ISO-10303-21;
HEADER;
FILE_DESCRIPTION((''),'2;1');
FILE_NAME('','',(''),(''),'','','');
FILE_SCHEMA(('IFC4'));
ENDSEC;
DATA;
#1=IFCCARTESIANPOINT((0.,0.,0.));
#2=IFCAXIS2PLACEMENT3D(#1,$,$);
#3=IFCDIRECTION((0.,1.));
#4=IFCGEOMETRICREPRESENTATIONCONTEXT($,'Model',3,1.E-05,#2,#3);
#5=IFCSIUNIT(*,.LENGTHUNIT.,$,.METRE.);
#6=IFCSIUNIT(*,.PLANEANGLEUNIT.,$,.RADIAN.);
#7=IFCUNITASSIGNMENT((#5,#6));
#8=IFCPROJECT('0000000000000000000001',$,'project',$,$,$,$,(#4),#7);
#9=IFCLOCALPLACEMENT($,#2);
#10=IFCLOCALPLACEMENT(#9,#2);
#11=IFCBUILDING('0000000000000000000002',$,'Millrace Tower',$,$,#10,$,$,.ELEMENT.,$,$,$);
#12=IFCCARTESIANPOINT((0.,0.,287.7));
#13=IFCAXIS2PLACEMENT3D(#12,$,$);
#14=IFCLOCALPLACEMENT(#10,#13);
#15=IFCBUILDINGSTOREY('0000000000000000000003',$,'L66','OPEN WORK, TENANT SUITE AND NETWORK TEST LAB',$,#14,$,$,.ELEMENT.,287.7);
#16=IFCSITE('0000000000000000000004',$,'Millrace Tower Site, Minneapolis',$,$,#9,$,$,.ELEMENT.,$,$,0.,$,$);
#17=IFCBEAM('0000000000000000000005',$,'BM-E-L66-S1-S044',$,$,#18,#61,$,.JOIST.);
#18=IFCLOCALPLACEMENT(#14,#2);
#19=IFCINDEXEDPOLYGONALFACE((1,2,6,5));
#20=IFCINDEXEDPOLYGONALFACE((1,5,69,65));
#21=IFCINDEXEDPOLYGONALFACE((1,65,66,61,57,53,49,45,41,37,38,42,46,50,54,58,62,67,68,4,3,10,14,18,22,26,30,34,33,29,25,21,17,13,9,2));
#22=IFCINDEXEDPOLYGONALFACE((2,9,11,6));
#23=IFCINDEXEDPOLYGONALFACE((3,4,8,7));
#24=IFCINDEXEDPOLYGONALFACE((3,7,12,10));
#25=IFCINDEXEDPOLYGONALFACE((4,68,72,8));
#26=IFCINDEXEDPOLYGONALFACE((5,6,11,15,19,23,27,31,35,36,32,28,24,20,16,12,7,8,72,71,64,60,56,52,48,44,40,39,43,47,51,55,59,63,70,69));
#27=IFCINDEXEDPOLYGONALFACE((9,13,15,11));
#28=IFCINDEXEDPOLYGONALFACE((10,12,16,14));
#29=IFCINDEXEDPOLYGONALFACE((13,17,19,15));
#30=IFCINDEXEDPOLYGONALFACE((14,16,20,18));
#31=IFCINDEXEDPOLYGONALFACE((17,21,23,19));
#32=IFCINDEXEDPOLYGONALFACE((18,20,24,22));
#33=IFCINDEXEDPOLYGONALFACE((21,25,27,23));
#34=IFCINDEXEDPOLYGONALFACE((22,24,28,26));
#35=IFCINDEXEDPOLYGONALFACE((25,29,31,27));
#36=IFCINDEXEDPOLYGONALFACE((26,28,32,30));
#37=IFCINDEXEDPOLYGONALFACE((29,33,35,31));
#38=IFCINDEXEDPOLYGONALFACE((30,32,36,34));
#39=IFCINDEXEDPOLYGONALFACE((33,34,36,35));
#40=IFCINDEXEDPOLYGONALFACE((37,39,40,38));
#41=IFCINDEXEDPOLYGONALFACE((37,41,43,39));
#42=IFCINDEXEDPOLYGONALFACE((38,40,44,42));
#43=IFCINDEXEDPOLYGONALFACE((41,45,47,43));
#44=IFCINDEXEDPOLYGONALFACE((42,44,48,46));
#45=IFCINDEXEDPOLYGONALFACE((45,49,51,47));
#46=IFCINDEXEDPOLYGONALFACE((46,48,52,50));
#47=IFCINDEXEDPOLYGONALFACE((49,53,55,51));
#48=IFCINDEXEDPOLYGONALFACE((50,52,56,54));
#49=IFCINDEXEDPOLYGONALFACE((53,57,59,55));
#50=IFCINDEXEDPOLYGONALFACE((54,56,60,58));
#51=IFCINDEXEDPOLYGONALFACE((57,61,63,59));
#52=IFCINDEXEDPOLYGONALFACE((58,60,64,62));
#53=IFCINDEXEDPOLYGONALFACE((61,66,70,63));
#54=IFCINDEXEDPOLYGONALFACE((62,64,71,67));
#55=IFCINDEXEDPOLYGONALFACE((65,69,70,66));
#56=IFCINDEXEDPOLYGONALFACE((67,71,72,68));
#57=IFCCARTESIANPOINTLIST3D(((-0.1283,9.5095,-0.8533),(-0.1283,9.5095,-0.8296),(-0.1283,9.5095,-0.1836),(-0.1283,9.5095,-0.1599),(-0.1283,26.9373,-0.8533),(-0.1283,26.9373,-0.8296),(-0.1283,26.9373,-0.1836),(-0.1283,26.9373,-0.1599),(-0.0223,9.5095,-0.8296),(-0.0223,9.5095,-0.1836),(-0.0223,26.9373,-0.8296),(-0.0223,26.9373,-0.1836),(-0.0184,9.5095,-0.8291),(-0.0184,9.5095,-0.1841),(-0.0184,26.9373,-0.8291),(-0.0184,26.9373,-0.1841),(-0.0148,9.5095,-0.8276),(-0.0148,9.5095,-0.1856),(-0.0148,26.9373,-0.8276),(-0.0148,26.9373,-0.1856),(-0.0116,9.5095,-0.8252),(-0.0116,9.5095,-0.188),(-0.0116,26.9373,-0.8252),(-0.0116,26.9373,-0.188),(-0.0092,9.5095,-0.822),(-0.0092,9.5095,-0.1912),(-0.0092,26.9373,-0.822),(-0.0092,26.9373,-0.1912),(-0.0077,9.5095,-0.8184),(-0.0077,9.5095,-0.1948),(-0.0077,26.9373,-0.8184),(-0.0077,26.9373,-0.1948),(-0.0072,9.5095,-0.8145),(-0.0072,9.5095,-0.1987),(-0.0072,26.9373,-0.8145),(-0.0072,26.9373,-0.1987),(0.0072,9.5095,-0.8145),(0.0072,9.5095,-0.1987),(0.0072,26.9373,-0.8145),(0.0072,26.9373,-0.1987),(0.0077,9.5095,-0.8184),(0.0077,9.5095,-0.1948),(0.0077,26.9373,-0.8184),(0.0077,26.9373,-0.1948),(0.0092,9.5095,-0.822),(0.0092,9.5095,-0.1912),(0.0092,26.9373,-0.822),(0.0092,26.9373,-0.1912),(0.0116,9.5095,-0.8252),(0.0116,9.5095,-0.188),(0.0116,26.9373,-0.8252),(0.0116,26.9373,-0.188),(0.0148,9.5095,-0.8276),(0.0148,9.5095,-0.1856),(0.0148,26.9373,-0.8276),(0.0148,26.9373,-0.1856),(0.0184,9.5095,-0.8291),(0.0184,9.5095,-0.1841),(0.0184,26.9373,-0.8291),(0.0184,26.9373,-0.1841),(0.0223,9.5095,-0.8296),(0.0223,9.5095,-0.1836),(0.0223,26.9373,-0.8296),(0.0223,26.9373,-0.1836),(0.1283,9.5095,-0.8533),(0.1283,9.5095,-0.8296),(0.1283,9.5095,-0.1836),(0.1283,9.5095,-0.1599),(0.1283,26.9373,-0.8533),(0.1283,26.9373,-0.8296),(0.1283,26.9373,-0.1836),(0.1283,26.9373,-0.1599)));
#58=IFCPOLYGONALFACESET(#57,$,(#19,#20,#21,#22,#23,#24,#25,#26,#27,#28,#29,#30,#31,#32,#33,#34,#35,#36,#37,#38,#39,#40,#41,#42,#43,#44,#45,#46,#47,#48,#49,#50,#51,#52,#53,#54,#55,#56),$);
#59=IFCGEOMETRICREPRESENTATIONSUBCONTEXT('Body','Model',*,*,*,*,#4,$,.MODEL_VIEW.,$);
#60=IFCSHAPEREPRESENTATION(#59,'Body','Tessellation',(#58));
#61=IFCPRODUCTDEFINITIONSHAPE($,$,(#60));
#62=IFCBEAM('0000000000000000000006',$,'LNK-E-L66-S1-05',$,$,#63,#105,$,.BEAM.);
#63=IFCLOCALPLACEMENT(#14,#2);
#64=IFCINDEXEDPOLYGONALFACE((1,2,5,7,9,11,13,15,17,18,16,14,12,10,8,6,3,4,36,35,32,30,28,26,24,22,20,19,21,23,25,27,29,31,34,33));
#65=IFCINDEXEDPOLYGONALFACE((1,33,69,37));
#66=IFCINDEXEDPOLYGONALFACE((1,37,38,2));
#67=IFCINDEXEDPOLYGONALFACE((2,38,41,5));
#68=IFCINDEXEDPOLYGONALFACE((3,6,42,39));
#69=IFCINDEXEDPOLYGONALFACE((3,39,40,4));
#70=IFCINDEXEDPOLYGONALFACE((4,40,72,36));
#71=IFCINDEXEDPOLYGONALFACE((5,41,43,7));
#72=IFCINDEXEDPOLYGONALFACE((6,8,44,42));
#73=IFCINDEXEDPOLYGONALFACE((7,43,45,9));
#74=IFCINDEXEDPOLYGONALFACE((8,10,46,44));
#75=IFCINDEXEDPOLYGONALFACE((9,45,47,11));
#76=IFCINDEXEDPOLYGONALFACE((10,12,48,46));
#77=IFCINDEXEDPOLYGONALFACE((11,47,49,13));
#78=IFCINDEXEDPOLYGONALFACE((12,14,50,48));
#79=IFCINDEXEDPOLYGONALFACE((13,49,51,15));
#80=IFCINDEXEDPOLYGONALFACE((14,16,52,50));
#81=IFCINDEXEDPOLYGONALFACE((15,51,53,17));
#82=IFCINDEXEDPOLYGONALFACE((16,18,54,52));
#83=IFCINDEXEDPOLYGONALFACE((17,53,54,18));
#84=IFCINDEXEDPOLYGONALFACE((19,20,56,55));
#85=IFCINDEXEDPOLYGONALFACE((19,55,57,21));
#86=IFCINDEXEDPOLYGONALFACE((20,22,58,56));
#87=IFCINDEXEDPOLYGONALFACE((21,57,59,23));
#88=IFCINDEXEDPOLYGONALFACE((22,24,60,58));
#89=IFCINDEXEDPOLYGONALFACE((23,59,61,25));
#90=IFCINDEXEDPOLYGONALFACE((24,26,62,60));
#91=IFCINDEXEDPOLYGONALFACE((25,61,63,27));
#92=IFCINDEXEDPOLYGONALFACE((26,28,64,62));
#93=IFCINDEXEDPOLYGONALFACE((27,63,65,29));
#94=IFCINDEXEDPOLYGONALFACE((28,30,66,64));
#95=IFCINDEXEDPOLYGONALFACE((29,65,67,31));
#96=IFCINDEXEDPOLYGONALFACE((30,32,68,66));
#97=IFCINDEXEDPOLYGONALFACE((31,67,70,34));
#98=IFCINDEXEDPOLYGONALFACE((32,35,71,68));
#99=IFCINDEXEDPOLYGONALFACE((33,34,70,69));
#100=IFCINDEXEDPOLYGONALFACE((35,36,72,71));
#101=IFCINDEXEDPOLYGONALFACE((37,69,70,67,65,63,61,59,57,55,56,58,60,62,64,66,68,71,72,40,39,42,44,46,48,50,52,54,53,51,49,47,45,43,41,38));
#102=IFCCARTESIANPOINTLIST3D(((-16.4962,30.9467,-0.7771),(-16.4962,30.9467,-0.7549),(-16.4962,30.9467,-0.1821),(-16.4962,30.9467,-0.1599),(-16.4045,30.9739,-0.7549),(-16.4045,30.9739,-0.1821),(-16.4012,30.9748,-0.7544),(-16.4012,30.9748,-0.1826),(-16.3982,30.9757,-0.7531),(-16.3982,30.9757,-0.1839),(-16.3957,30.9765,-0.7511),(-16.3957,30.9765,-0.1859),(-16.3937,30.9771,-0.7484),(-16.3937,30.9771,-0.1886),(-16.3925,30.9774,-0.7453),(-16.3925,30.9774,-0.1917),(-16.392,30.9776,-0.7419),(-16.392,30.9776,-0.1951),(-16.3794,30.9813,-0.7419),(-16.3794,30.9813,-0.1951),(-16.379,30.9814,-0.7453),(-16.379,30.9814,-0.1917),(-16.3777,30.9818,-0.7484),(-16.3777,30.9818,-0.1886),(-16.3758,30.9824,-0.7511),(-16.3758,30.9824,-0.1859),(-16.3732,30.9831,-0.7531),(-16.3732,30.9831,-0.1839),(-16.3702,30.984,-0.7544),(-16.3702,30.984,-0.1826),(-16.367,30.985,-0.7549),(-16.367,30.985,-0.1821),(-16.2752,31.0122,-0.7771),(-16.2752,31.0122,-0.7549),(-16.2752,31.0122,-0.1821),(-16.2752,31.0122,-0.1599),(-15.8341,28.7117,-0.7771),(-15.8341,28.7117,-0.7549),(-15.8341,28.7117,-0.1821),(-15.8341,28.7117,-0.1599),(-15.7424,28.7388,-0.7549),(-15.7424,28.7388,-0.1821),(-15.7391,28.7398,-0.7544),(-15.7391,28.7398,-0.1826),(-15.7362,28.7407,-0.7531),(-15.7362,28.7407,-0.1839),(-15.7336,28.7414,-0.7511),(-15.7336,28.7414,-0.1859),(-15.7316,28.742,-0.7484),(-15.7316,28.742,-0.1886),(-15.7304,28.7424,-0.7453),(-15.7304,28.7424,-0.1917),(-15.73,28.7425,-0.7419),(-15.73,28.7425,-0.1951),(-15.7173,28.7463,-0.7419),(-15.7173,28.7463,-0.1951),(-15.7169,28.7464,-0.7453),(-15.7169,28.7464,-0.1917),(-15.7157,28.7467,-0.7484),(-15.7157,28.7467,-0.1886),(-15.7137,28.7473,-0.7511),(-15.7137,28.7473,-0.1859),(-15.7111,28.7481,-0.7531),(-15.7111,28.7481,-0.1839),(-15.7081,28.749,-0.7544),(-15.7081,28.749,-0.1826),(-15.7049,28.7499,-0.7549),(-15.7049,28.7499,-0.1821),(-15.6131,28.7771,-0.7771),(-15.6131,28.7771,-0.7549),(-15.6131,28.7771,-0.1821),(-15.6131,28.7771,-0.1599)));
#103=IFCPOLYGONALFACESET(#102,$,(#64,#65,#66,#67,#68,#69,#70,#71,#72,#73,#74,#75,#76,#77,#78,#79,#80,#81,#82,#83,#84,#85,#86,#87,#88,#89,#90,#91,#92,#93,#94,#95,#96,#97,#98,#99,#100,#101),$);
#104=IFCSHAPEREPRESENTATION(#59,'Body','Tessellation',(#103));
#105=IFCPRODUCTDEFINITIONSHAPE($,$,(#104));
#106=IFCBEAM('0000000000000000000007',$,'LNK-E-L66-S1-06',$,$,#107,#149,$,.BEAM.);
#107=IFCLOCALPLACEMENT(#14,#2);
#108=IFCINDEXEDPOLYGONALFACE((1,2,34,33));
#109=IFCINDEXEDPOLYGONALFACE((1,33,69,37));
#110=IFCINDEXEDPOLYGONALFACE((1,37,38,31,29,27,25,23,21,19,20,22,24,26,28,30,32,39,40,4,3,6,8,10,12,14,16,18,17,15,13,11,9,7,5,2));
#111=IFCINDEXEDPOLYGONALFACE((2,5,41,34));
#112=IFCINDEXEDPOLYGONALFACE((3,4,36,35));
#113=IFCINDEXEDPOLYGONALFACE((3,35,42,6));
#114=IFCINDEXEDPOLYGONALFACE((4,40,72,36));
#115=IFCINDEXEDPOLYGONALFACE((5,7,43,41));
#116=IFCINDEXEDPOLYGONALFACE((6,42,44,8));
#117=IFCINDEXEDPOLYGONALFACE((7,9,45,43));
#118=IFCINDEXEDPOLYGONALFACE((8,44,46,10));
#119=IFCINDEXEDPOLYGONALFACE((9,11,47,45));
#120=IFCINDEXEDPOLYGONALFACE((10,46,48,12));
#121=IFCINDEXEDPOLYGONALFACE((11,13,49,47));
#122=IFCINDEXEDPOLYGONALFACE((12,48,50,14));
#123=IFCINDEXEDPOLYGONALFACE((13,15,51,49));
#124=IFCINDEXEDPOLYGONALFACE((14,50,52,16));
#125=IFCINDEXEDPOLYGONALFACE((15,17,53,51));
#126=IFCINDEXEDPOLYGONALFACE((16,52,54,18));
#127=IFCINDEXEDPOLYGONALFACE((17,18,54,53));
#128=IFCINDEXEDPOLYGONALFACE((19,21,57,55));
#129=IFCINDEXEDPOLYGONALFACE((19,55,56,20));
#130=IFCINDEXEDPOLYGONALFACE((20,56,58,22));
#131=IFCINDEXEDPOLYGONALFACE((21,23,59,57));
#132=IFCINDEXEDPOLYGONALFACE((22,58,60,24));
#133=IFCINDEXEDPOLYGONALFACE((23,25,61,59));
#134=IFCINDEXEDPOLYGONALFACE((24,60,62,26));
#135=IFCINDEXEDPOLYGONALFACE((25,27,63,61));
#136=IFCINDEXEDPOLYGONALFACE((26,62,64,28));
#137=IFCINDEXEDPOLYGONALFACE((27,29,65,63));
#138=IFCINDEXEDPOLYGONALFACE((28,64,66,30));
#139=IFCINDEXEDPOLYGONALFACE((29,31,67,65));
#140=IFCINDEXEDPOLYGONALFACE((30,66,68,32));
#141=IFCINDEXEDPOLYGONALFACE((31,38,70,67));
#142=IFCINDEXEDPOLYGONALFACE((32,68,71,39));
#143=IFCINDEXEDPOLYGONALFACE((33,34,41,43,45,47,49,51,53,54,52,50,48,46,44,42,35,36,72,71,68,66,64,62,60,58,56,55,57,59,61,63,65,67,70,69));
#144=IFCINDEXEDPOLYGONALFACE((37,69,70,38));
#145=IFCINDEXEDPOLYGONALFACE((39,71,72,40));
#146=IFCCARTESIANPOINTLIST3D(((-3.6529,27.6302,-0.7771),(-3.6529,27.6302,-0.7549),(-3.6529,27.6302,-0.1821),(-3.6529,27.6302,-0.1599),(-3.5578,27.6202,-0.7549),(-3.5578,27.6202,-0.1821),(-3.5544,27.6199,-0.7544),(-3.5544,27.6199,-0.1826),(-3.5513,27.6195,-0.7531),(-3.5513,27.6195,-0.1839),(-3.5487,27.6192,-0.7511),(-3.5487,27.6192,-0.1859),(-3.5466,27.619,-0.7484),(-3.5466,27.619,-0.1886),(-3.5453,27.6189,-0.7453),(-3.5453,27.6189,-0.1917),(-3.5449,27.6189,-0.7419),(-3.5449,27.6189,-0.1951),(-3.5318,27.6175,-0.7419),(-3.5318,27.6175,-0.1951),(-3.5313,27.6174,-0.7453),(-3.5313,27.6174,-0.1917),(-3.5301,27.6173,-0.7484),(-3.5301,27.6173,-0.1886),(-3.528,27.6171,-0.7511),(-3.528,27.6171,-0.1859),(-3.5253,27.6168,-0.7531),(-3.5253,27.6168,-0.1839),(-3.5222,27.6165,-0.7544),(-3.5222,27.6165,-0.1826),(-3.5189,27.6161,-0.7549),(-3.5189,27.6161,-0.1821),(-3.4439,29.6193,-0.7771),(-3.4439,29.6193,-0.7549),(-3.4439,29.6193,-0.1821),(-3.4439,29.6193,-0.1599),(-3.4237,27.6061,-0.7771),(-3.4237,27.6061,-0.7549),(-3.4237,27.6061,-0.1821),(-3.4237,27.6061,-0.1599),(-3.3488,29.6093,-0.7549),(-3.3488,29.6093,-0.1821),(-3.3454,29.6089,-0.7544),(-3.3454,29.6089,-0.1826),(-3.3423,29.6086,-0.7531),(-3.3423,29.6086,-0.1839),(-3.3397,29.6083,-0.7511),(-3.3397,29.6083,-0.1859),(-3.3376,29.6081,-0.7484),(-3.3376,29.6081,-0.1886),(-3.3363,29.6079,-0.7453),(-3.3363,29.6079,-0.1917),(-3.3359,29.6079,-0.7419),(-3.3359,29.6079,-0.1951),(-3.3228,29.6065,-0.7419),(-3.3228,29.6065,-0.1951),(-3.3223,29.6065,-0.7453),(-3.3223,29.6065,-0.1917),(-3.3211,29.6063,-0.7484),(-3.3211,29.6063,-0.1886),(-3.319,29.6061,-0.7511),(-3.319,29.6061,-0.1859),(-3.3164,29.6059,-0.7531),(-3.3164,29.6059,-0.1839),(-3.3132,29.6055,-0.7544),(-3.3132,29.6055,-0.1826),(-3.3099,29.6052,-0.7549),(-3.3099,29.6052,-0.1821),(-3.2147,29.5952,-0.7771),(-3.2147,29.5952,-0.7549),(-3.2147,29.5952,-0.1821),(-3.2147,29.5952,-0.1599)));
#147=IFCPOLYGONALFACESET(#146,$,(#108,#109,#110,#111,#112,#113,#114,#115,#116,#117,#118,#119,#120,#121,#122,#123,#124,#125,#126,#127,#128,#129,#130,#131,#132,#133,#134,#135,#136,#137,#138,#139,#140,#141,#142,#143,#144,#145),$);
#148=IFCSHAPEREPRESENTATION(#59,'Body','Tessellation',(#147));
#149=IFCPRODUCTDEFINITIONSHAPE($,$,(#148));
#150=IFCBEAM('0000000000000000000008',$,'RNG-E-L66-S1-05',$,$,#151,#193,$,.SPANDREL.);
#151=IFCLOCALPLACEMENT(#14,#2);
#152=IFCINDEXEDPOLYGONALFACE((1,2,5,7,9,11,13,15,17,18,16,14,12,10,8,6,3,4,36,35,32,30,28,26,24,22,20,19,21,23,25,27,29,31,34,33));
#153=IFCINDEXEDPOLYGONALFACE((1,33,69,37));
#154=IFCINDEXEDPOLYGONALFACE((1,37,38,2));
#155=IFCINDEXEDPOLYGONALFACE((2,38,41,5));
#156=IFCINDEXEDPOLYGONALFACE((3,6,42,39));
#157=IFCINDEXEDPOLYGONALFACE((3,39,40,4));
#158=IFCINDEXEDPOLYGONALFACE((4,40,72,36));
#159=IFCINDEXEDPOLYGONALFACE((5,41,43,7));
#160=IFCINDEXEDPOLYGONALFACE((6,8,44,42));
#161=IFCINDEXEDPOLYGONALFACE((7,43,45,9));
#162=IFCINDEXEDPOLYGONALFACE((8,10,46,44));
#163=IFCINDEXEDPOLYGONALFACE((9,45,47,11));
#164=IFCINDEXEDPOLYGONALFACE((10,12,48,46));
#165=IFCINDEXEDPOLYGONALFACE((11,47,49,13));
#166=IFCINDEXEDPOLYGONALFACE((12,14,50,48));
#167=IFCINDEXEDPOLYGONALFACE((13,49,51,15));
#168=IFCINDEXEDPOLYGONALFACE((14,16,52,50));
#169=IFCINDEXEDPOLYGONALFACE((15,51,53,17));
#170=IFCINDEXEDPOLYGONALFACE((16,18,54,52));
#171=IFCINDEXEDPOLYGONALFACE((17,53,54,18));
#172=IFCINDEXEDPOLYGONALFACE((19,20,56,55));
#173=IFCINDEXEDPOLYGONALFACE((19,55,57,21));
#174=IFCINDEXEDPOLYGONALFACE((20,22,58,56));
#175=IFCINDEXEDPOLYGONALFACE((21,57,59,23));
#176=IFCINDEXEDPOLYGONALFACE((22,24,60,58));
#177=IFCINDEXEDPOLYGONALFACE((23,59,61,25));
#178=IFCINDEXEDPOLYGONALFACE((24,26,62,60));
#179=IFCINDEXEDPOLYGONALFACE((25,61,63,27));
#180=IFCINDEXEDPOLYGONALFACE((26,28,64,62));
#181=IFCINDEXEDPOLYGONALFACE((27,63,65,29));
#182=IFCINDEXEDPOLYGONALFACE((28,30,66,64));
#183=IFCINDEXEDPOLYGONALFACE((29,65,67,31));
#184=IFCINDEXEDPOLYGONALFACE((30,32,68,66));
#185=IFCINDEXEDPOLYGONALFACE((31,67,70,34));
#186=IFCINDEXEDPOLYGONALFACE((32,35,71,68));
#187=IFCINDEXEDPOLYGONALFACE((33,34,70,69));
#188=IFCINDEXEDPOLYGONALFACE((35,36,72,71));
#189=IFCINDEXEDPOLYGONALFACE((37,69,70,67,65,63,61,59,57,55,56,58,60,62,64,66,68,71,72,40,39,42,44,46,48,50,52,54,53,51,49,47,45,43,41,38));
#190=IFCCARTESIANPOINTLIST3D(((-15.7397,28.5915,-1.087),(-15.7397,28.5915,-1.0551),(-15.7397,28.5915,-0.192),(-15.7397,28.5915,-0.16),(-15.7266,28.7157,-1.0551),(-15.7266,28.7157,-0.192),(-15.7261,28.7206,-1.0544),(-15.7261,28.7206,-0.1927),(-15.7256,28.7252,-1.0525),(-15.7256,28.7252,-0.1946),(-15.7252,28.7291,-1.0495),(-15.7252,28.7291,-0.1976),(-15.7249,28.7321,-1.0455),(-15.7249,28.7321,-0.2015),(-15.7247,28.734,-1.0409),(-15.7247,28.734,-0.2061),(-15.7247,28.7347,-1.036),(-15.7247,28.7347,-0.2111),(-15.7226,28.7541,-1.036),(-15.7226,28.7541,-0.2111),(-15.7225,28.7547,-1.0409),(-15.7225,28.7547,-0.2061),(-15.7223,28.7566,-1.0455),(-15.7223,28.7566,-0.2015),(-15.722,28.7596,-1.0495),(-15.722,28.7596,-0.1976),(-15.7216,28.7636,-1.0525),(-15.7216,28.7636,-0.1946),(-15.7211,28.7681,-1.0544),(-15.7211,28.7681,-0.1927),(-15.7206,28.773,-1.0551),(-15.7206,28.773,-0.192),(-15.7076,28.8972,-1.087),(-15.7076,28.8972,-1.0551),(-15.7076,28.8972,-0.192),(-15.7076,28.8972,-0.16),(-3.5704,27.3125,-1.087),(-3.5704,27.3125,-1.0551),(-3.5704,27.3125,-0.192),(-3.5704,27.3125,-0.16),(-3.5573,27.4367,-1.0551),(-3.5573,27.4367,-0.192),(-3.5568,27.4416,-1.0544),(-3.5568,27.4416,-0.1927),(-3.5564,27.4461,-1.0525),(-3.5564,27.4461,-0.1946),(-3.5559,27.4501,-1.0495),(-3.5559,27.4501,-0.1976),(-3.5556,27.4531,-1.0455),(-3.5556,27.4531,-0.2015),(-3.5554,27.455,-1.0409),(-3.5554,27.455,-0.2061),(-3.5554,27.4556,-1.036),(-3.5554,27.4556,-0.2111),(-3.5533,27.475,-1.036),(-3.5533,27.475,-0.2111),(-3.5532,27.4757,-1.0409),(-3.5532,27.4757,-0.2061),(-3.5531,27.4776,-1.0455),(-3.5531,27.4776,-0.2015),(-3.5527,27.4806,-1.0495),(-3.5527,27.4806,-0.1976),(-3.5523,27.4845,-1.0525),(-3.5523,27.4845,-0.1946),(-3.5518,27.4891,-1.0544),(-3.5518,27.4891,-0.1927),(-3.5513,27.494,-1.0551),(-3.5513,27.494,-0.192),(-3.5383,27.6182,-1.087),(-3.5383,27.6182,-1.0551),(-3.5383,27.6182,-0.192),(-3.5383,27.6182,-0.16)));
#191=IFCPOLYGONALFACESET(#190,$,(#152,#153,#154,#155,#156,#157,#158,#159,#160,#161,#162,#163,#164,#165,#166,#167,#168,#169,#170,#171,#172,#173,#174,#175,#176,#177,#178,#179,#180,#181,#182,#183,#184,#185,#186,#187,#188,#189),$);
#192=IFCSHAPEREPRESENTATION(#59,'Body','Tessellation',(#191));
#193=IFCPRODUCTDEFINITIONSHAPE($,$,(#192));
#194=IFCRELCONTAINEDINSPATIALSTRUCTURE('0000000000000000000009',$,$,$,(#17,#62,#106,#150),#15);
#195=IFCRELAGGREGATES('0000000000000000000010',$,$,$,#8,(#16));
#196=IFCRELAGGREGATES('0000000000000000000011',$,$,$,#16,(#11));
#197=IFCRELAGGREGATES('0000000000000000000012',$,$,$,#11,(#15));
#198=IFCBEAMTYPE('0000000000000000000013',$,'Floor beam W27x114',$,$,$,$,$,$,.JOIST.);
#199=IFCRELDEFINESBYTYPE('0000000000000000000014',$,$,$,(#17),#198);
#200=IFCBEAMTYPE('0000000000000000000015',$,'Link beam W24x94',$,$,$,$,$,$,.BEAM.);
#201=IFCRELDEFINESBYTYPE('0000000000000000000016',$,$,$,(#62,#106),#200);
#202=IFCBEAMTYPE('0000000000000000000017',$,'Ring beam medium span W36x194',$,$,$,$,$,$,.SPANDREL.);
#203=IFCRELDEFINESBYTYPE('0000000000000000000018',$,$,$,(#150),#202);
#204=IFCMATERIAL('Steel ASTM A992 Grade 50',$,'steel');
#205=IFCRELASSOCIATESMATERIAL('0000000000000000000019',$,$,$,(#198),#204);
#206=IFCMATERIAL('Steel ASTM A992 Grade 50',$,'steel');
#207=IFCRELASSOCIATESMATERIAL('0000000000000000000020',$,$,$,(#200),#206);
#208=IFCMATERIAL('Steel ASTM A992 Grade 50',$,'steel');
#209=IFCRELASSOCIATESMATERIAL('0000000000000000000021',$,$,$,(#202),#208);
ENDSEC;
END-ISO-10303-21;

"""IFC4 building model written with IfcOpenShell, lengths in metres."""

from ifc_helpers import new_model, si_unit, direction, frame, origin, origin_2d, place, context, subcontext, project, spatial, i_section, extrude, material, material_profile, profile_set, type_object, element, save


model = new_model("IFC4")

# Units and contexts
model_context = context("Model", 3, precision=1e-05, world=origin(), true_north=direction((0.0, 1.0)))
body_context = subcontext(model_context, "Body", "Model", "MODEL_VIEW")
ifc_project = project(units=[si_unit("LENGTHUNIT", "METRE"), si_unit("PLANEANGLEUNIT", "RADIAN")], contexts=[model_context])

# Site, building, storey
site_placement = place(None, origin())
site = spatial("IfcSite", under=ifc_project, at=site_placement, Name="Millrace Tower Site, Minneapolis", CompositionType="ELEMENT", RefElevation=0.0)
building_placement = place(site_placement, origin())
building = spatial("IfcBuilding", under=site, at=building_placement, Name="Millrace Tower", CompositionType="ELEMENT")
storey_placement = place(building_placement, frame((0.0, 0.0, 287.7)))
storey = spatial("IfcBuildingStorey", under=building, at=storey_placement, Name="L66", Description="OPEN WORK, TENANT SUITE AND NETWORK TEST LAB", CompositionType="ELEMENT", Elevation=287.7)

# Beams
ifc_material_1 = material(Name="Steel ASTM A992 Grade 50", Category="steel")
ifc_material_profile_1 = material_profile(ifc_material_1, i_section(OverallWidth=0.2566, OverallDepth=0.6934, WebThickness=0.0144, FlangeThickness=0.0237, FilletRadius=0.0151, at=origin_2d()))
ifc_profile_set_1 = profile_set([ifc_material_profile_1], Name="Steel ASTM A992 Grade 50")
beam_type_1 = type_object("IfcBeamType", Name="Floor beam W27x114", PredefinedType="JOIST", material=ifc_profile_set_1)
beam_1_placement = place(storey_placement, frame((0.0, 9.5095, -0.5066), z_axis=(0.0, 1.0, 0.0), x_axis=(-1.0, 0.0, 0.0)))
element("IfcBeam", 1, at=beam_1_placement, inside=storey, type_object=beam_type_1, Name="BM-E-L66-S1-S044", PredefinedType="JOIST", context=body_context, shape_type="SweptSolid", body=[
    extrude(i_section(OverallWidth=0.2566, OverallDepth=0.6934, WebThickness=0.0144, FlangeThickness=0.0237, FilletRadius=0.0151, at=origin_2d()), origin(), (0.0, 0.0, 1.0), 17.4277),
])
ifc_material_2 = material(Name="Steel ASTM A992 Grade 50", Category="steel")
ifc_material_profile_2 = material_profile(ifc_material_2, i_section(OverallWidth=0.2305, OverallDepth=0.6172, WebThickness=0.0132, FlangeThickness=0.0222, FilletRadius=0.0129, at=origin_2d()))
ifc_profile_set_2 = profile_set([ifc_material_profile_2], Name="Steel ASTM A992 Grade 50")
beam_type_2 = type_object("IfcBeamType", Name="Link beam W24x94", PredefinedType="BEAM", material=ifc_profile_set_2)
beam_2_placement = place(storey_placement, frame((-15.7236, 28.7444, -0.4685), z_axis=(-0.284031, 0.958815, 0.0), x_axis=(-0.958815, -0.284031, 0.0)))
element("IfcBeam", 2, at=beam_2_placement, inside=storey, type_object=beam_type_2, Name="LNK-E-L66-S1-05", PredefinedType="BEAM", context=body_context, shape_type="SweptSolid", body=[
    extrude(i_section(OverallWidth=0.2305, OverallDepth=0.6172, WebThickness=0.0132, FlangeThickness=0.0222, FilletRadius=0.0129, at=origin_2d()), origin(), (0.0, 0.0, 1.0), 2.3311),
])
beam_3_placement = place(storey_placement, frame((-3.5383, 27.6182, -0.4685), z_axis=(0.104494, 0.994526, 0.0), x_axis=(-0.994526, 0.104494, 0.0)))
element("IfcBeam", 3, at=beam_3_placement, inside=storey, type_object=beam_type_2, Name="LNK-E-L66-S1-06", PredefinedType="BEAM", context=body_context, shape_type="SweptSolid", body=[
    extrude(i_section(OverallWidth=0.2305, OverallDepth=0.6172, WebThickness=0.0132, FlangeThickness=0.0222, FilletRadius=0.0129, at=origin_2d()), origin(), (0.0, 0.0, 1.0), 2.0),
])
ifc_material_3 = material(Name="Steel ASTM A992 Grade 50", Category="steel")
ifc_material_profile_3 = material_profile(ifc_material_3, i_section(OverallWidth=0.3074, OverallDepth=0.927, WebThickness=0.0195, FlangeThickness=0.032, FilletRadius=0.019, at=origin_2d()))
ifc_profile_set_3 = profile_set([ifc_material_profile_3], Name="Steel ASTM A992 Grade 50")
beam_type_3 = type_object("IfcBeamType", Name="Ring beam medium span W36x194", PredefinedType="SPANDREL", material=ifc_profile_set_3)
beam_4_placement = place(storey_placement, frame((-15.7236, 28.7444, -0.6235), z_axis=(0.994522, -0.10453, 0.0), x_axis=(0.10453, 0.994522, 0.0)))
element("IfcBeam", 4, at=beam_4_placement, inside=storey, type_object=beam_type_3, Name="RNG-E-L66-S1-05", PredefinedType="SPANDREL", context=body_context, shape_type="SweptSolid", body=[
    extrude(i_section(OverallWidth=0.3074, OverallDepth=0.927, WebThickness=0.0195, FlangeThickness=0.032, FilletRadius=0.019, at=origin_2d()), origin(), (0.0, 0.0, 1.0), 12.2363),
])

save(model, "model.ifc")
